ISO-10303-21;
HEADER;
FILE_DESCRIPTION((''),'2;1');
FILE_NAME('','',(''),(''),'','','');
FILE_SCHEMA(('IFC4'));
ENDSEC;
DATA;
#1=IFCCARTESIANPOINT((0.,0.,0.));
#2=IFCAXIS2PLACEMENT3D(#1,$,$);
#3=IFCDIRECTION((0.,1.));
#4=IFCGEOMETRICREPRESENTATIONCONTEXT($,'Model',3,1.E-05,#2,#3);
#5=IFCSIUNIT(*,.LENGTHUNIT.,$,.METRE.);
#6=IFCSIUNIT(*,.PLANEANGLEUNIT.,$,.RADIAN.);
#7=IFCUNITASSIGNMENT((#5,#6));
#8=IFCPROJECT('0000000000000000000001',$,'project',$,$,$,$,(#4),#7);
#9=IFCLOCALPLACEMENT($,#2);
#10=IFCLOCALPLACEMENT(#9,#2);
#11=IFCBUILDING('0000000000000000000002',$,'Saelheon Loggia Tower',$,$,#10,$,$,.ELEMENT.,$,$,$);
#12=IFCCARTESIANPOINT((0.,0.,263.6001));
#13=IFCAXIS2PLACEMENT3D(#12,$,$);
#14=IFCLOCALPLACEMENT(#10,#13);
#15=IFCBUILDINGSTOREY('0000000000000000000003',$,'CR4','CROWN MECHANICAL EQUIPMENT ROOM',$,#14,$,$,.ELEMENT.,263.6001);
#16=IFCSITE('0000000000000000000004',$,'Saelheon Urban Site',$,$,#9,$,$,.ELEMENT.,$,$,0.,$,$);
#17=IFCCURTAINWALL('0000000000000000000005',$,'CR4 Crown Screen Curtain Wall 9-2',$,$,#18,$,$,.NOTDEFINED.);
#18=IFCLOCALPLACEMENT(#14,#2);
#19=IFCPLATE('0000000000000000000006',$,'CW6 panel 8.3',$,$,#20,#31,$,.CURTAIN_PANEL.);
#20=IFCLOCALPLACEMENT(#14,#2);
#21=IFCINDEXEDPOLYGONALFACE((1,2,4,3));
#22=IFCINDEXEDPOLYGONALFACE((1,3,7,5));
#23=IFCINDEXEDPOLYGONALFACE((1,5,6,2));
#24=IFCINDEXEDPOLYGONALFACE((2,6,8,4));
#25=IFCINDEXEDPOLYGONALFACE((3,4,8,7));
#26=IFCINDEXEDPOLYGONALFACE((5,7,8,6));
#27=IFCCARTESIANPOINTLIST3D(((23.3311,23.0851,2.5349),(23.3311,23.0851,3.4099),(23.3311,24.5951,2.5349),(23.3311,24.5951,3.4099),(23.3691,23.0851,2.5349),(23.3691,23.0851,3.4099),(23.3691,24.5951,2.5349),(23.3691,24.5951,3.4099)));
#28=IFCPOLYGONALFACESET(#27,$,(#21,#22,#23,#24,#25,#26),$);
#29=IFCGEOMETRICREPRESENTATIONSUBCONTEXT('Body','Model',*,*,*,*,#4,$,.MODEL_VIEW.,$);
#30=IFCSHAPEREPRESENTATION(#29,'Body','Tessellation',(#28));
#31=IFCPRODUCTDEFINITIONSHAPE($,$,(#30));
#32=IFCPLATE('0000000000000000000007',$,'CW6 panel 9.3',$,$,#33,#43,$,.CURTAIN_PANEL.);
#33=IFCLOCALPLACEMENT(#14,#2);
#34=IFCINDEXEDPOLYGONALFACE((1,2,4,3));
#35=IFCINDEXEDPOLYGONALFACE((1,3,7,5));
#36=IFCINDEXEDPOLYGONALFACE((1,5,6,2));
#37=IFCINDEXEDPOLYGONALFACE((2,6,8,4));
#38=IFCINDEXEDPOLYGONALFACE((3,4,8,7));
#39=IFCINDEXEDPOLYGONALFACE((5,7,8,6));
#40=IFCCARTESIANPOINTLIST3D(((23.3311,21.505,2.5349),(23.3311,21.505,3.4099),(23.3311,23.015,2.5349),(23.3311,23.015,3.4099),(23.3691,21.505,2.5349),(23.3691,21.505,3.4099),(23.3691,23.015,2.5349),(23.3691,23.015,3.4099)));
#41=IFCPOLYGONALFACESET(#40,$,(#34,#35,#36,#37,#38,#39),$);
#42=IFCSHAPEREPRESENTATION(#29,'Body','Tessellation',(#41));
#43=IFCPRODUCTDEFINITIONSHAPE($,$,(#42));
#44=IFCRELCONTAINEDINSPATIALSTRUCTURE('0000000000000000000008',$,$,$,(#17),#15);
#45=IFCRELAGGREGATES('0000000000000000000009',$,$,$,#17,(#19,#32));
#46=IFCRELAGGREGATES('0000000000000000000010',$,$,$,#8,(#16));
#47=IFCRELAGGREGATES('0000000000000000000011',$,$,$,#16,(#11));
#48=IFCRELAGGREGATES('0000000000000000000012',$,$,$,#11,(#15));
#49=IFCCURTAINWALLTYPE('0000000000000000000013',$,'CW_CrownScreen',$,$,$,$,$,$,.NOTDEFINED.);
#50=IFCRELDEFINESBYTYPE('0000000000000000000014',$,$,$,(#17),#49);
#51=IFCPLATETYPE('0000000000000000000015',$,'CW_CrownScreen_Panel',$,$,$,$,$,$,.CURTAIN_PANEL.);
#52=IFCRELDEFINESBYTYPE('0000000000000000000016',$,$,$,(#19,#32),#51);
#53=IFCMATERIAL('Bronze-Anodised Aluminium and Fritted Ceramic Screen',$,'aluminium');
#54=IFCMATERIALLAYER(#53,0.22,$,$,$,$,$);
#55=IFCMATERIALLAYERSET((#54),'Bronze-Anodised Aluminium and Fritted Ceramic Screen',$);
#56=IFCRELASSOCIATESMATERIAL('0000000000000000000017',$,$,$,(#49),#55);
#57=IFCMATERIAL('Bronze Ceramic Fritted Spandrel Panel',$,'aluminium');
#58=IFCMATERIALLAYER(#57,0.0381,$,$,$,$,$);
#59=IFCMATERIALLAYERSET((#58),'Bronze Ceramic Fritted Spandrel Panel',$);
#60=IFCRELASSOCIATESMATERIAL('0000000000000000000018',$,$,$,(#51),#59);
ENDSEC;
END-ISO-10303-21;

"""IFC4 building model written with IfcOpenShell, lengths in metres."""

from ifc_helpers import new_model, si_unit, direction, frame, origin, origin_2d, place, context, subcontext, project, spatial, rectangle, extrude, source, transform, mapped, material, layer, layer_set, type_object, element, aggregate, save


model = new_model("IFC4")

# Units and contexts
model_context = context("Model", 3, precision=1e-05, world=origin(), true_north=direction((0.0, 1.0)))
body_context = subcontext(model_context, "Body", "Model", "MODEL_VIEW")
ifc_project = project(units=[si_unit("LENGTHUNIT", "METRE"), si_unit("PLANEANGLEUNIT", "RADIAN")], contexts=[model_context])

# Site, building, storey
site_placement = place(None, origin())
site = spatial("IfcSite", under=ifc_project, at=site_placement, Name="Saelheon Urban Site", CompositionType="ELEMENT", RefElevation=0.0)
building_placement = place(site_placement, origin())
building = spatial("IfcBuilding", under=site, at=building_placement, Name="Saelheon Loggia Tower", CompositionType="ELEMENT")
storey_placement = place(building_placement, frame((0.0, 0.0, 263.6001)))
storey = spatial("IfcBuildingStorey", under=building, at=storey_placement, Name="CR4", Description="CROWN MECHANICAL EQUIPMENT ROOM", CompositionType="ELEMENT", Elevation=263.6001)

# Curtain wall
ifc_material_1 = material(Name="Bronze-Anodised Aluminium and Fritted Ceramic Screen", Category="aluminium")
ifc_layer_1 = layer(ifc_material_1, 0.22)
ifc_layer_set_1 = layer_set([ifc_layer_1], Name="Bronze-Anodised Aluminium and Fritted Ceramic Screen")
curtain_wall_type = type_object("IfcCurtainWallType", Name="CW_CrownScreen", PredefinedType="NOTDEFINED", material=ifc_layer_set_1)
curtain_wall_1_placement = place(storey_placement, origin())
curtain_wall_1 = element("IfcCurtainWall", 1, at=curtain_wall_1_placement, inside=storey, type_object=curtain_wall_type, Name="CR4 Crown Screen Curtain Wall 9-2", PredefinedType="NOTDEFINED")

# Plates
ifc_material_2 = material(Name="Bronze Ceramic Fritted Spandrel Panel", Category="aluminium")
ifc_layer_2 = layer(ifc_material_2, 0.0381)
ifc_layer_set_2 = layer_set([ifc_layer_2], Name="Bronze Ceramic Fritted Spandrel Panel")
plate_type = type_object("IfcPlateType", Name="CW_CrownScreen_Panel", PredefinedType="CURTAIN_PANEL", material=ifc_layer_set_2)
shared_shape_1 = source(origin(), body_context, "Body", "SweptSolid", [
    extrude(rectangle(XDim=1.51, YDim=0.0381, at=origin_2d()), origin(), (0.0, 0.0, 1.0), 0.875),
])
plate_1_placement = place(storey_placement, frame((23.3501, 23.8401, 2.5349), z_axis=(0.0, 0.0, 1.0), x_axis=(0.0, -1.0, 0.0)))
plate_1 = element("IfcPlate", 2, at=plate_1_placement, type_object=plate_type, Name="CW6 panel 8.3", PredefinedType="CURTAIN_PANEL", context=body_context, shape_type="MappedRepresentation", body=[
    mapped(shared_shape_1, transform((0.0, 0.0, 0.0), scale=1.0)),
])
plate_2_placement = place(storey_placement, frame((23.3501, 22.26, 2.5349), z_axis=(0.0, 0.0, 1.0), x_axis=(0.0, -1.0, 0.0)))
plate_2 = element("IfcPlate", 3, at=plate_2_placement, type_object=plate_type, Name="CW6 panel 9.3", PredefinedType="CURTAIN_PANEL", context=body_context, shape_type="MappedRepresentation", body=[
    mapped(shared_shape_1, transform((0.0, 0.0, 0.0), scale=1.0)),
])
aggregate(curtain_wall_1, [plate_1, plate_2])

save(model, "model.ifc")
